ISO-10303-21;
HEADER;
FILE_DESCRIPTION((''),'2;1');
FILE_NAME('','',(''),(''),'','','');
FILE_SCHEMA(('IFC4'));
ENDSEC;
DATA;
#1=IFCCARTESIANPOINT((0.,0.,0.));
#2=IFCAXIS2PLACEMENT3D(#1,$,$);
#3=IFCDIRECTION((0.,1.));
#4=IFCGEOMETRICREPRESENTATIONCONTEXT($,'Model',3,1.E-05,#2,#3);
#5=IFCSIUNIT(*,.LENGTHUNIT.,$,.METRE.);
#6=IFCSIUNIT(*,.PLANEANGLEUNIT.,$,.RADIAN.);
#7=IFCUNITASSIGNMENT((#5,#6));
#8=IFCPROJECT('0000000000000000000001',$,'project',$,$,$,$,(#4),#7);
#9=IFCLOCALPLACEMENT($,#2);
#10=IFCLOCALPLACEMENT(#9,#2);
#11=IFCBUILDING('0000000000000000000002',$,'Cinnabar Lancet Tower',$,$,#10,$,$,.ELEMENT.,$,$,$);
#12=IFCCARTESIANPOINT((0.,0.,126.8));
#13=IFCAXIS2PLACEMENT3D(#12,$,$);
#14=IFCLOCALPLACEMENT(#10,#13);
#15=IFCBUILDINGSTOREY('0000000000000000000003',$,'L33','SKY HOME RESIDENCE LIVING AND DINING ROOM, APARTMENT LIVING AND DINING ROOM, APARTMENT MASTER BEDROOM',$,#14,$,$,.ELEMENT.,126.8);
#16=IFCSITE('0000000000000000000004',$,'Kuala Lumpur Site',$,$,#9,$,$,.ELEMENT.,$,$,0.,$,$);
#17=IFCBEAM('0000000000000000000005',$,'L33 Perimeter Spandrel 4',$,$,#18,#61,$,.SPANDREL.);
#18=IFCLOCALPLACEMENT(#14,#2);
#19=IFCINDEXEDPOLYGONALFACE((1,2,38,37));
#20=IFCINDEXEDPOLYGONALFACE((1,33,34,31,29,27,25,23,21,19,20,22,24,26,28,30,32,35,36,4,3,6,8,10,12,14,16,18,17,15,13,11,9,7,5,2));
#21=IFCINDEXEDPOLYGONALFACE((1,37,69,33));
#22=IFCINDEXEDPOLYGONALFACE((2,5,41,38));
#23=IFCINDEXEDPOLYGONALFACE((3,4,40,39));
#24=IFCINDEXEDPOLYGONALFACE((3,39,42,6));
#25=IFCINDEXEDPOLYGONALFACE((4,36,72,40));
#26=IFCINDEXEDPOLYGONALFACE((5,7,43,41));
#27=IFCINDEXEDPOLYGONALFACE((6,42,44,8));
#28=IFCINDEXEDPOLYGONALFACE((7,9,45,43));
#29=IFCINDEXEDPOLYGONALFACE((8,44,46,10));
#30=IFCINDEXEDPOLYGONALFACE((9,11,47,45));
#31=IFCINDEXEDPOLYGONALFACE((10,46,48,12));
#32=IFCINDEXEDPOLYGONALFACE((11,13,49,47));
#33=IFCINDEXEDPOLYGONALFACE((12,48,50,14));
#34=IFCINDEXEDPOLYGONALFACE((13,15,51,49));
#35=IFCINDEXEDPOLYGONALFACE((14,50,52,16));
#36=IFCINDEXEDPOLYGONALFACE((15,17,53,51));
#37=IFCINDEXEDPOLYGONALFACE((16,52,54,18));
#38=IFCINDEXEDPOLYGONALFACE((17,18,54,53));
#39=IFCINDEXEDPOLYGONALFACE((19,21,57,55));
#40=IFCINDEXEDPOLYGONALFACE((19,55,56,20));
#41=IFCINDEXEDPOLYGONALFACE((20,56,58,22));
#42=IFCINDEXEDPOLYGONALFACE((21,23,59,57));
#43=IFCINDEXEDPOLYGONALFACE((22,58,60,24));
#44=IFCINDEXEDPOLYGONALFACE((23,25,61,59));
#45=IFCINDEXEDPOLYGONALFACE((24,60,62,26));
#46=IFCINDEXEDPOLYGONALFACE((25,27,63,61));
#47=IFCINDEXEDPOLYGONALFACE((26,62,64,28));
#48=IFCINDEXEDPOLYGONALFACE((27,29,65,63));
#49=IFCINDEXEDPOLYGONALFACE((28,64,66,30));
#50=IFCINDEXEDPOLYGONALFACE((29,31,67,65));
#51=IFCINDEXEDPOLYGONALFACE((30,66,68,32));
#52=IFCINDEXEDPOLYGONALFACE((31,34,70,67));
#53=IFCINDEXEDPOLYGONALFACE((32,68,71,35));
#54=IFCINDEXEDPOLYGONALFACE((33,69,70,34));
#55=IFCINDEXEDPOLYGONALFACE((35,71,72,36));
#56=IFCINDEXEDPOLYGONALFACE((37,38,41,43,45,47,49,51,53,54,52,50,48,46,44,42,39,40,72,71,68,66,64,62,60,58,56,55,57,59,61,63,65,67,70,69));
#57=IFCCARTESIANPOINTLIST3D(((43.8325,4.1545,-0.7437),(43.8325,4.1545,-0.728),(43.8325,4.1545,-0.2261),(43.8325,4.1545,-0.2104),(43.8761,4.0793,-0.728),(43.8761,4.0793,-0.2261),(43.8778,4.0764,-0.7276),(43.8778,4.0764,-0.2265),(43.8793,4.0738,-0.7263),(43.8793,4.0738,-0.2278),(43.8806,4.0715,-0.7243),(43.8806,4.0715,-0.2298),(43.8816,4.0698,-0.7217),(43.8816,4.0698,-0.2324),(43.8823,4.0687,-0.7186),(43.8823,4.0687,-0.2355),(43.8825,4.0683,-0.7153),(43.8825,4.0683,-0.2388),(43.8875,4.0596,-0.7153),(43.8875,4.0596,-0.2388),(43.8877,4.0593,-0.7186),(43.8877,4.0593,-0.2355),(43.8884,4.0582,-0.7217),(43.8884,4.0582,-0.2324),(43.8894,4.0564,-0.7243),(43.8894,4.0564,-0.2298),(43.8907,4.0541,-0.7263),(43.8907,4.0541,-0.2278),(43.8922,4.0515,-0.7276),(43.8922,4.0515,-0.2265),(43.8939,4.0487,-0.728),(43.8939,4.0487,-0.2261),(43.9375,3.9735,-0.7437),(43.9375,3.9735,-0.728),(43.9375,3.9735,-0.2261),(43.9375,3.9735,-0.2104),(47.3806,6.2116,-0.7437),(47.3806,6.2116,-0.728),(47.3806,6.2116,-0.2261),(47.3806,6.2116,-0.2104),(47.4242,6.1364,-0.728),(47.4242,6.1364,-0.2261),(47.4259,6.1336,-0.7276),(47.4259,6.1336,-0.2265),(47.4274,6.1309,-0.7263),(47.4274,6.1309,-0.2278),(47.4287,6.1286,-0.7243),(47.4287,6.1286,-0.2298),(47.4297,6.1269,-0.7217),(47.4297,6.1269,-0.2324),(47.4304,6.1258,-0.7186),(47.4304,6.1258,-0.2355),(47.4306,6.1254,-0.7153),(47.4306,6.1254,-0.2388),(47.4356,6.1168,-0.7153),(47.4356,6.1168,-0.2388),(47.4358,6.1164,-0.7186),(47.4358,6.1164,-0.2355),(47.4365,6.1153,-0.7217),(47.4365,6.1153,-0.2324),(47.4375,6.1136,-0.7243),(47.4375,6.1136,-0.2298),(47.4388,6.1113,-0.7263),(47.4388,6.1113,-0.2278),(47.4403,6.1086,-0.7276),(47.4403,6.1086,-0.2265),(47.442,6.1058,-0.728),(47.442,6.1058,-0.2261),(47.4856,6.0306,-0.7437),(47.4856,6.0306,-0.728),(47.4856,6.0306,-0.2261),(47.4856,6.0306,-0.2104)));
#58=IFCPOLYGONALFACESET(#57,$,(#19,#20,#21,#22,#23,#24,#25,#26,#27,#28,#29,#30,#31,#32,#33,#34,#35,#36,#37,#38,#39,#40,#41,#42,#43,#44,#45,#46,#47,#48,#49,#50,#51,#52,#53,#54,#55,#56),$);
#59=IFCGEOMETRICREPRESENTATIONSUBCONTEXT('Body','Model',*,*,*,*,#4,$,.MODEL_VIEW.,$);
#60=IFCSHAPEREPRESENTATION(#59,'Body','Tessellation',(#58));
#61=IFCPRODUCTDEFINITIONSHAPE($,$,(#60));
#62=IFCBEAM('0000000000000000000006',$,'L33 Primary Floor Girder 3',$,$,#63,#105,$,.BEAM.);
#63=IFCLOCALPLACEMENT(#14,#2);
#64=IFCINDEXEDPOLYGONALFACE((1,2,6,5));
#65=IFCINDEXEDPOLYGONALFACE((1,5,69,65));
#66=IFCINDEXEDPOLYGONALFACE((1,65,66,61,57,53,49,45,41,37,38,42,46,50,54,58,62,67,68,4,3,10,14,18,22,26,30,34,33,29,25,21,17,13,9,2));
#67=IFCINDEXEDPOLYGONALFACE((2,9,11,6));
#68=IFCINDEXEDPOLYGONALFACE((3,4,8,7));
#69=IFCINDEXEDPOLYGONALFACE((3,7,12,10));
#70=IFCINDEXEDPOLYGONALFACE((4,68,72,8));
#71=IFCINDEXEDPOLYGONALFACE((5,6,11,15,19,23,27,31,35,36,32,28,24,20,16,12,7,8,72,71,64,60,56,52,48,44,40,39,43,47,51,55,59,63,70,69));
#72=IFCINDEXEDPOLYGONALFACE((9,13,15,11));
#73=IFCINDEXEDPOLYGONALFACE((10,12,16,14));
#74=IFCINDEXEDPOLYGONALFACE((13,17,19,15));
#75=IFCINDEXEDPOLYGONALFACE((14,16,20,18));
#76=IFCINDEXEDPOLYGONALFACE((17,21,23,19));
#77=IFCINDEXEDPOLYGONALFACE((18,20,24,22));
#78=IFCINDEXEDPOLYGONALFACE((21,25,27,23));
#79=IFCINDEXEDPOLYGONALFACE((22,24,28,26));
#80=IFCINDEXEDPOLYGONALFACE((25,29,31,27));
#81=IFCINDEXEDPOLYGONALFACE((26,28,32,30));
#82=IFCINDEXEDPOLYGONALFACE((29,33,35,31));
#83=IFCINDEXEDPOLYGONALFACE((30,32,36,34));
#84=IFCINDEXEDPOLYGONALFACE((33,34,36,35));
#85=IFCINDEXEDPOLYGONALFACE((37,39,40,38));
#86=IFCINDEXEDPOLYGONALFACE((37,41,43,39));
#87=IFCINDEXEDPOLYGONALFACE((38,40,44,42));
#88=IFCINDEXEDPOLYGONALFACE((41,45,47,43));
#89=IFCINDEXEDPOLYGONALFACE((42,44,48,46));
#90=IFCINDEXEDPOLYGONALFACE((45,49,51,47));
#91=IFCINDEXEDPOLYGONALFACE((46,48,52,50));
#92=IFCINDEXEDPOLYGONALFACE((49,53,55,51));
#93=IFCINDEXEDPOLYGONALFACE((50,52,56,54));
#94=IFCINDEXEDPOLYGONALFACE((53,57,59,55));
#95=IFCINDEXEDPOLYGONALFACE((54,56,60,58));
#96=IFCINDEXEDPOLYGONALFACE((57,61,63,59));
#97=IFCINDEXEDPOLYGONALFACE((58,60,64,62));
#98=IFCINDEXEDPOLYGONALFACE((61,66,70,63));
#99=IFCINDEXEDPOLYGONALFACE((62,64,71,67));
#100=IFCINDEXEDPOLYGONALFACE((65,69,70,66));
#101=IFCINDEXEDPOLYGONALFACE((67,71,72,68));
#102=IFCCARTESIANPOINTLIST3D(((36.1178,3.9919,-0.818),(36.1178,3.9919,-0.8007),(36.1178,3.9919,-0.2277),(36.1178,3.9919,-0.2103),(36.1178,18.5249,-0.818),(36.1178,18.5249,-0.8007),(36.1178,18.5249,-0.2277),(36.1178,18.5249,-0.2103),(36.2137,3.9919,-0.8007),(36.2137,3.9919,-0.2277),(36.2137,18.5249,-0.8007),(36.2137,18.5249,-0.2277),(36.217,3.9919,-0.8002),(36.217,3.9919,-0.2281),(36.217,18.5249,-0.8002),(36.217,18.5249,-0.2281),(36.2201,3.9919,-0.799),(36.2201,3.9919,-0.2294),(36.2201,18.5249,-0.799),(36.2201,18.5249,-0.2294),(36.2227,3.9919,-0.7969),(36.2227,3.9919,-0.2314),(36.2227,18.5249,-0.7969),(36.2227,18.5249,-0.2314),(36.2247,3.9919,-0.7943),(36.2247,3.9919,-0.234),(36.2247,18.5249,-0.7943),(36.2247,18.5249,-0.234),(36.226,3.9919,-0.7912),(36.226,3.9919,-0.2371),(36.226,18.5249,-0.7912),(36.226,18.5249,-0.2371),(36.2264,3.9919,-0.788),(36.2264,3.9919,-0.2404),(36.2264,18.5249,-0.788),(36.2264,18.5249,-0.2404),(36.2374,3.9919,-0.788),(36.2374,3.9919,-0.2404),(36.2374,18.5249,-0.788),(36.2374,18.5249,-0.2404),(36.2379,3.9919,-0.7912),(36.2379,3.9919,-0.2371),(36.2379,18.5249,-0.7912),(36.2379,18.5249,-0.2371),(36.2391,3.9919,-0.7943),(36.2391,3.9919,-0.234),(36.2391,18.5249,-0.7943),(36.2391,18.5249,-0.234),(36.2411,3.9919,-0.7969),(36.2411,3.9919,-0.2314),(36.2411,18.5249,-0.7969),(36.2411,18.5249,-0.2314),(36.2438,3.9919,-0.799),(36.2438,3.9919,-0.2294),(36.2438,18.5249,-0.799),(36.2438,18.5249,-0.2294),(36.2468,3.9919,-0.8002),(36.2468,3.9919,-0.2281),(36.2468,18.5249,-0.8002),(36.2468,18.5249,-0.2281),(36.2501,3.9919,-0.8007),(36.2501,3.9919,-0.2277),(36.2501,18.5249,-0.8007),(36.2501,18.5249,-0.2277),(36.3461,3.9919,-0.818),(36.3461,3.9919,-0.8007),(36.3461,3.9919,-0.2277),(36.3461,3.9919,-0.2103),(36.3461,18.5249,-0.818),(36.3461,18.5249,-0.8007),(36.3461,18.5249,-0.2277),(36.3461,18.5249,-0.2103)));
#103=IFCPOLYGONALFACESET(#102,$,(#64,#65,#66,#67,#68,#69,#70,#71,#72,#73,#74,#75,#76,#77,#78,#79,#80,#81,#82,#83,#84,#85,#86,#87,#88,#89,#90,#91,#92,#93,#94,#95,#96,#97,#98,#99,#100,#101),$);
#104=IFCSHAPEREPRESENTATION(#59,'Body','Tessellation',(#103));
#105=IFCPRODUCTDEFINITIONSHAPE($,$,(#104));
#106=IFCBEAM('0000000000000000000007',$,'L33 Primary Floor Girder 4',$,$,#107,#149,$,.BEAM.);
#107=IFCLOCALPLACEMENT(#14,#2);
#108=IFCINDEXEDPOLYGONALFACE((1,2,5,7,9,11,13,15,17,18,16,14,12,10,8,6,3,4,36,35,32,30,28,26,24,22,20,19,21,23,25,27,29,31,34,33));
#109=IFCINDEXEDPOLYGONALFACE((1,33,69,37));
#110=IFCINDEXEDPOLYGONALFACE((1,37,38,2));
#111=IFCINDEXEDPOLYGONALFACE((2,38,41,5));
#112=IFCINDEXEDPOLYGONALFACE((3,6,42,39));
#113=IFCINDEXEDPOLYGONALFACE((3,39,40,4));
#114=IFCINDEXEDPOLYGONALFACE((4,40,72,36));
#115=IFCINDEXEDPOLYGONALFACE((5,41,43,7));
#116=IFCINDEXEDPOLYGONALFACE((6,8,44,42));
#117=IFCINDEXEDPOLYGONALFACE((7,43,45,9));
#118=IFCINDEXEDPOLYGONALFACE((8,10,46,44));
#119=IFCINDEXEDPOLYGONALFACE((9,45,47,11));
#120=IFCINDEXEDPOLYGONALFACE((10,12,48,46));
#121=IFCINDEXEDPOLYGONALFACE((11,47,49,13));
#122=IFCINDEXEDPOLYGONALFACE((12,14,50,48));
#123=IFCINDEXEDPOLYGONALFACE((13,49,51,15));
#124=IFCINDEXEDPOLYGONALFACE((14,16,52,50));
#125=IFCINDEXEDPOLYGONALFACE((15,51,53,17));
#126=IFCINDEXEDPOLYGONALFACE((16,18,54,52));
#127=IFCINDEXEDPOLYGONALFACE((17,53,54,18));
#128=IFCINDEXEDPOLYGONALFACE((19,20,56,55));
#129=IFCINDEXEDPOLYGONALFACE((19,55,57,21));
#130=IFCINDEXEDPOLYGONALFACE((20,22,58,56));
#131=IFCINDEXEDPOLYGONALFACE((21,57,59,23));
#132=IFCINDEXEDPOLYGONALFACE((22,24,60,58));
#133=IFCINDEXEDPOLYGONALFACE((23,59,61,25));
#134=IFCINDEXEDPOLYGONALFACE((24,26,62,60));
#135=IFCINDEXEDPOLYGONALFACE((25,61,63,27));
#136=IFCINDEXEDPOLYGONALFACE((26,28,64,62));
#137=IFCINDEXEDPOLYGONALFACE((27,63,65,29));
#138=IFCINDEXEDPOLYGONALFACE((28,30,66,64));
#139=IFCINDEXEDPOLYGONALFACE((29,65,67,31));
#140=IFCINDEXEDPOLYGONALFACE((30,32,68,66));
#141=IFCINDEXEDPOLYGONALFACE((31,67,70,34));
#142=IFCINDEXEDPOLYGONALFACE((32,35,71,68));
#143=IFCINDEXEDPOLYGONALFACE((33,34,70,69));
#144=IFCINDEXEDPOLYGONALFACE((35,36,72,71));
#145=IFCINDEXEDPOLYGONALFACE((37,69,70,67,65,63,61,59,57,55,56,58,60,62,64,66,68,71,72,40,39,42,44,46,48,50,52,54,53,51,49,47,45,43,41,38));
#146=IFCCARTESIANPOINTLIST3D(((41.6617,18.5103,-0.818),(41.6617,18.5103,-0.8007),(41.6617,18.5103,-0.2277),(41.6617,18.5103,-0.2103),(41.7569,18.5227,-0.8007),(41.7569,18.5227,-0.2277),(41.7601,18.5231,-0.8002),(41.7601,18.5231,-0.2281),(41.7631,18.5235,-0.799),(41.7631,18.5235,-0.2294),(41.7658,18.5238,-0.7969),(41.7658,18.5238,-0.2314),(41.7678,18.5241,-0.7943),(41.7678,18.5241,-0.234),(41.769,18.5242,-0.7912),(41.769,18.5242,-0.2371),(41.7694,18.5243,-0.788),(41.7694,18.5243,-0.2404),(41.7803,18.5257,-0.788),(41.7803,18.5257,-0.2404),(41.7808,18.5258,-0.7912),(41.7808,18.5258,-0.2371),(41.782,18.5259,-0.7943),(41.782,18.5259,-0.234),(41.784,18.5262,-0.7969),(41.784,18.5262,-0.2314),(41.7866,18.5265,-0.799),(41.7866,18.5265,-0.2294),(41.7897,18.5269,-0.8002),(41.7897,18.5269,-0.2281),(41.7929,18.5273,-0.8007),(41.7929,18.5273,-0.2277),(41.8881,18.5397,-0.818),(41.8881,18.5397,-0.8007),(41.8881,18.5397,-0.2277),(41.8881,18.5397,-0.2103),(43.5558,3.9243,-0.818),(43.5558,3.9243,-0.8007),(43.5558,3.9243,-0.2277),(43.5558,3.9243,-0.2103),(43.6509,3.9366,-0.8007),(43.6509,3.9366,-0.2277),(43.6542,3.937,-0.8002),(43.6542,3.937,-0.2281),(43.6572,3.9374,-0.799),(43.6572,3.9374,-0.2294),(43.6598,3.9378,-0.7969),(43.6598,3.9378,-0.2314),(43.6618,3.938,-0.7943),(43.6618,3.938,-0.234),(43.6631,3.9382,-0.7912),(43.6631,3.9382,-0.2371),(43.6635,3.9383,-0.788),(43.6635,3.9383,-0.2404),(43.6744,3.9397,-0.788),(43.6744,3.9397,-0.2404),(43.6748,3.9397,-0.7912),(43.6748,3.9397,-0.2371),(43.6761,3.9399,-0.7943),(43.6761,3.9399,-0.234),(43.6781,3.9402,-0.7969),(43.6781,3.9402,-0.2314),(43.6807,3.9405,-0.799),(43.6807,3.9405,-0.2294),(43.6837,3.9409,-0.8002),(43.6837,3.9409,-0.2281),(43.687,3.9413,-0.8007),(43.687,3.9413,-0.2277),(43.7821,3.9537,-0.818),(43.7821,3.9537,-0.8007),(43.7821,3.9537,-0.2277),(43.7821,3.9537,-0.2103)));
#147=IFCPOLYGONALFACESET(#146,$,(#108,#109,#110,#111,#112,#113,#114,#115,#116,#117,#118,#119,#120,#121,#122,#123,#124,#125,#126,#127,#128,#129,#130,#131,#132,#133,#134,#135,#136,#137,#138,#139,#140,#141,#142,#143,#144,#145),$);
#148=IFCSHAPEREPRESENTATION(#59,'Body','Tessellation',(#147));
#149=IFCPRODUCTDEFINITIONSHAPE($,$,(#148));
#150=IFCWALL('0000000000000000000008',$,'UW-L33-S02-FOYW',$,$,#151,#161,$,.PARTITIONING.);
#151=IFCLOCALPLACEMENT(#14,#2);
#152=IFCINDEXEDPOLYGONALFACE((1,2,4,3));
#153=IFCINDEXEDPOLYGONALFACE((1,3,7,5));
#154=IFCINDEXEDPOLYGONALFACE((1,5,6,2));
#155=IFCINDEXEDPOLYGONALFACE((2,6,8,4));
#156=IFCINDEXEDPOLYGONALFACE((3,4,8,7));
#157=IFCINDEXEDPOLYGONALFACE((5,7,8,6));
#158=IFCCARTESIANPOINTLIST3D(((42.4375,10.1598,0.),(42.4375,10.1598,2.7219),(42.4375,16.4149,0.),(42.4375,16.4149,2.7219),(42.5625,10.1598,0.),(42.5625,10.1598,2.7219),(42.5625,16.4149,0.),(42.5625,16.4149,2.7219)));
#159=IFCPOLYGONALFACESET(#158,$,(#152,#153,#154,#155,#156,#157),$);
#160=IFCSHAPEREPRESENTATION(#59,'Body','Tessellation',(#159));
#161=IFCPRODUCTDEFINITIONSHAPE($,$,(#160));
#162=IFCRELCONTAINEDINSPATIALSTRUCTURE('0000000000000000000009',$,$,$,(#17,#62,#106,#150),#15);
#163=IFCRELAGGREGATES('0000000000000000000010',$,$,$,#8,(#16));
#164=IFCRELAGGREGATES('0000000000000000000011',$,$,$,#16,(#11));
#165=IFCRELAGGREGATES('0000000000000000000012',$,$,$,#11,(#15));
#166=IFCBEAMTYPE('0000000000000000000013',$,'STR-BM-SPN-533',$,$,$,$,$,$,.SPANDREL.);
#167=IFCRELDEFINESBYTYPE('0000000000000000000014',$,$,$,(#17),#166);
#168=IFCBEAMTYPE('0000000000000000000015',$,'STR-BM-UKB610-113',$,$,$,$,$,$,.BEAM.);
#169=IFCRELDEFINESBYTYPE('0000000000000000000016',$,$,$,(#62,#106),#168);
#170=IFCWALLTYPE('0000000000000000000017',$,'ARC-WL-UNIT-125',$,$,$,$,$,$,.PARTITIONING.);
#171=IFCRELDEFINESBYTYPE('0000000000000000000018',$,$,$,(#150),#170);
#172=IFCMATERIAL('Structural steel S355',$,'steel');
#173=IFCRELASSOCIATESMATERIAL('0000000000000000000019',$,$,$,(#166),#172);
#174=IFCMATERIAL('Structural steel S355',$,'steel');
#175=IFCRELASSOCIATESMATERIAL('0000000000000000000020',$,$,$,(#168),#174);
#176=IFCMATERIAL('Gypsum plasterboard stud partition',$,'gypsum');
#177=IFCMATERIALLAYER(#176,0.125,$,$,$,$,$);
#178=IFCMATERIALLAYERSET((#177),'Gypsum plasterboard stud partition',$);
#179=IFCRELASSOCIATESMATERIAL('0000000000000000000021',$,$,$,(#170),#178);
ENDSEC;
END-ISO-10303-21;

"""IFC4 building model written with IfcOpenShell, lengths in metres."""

from ifc_helpers import new_model, si_unit, direction, frame, frame_2d, origin, origin_2d, place, context, subcontext, project, spatial, rectangle, i_section, extrude, material, layer, layer_set, material_profile, profile_set, type_object, element, save


model = new_model("IFC4")

# Units and contexts
model_context = context("Model", 3, precision=1e-05, world=origin(), true_north=direction((0.0, 1.0)))
body_context = subcontext(model_context, "Body", "Model", "MODEL_VIEW")
ifc_project = project(units=[si_unit("LENGTHUNIT", "METRE"), si_unit("PLANEANGLEUNIT", "RADIAN")], contexts=[model_context])

# Site, building, storey
site_placement = place(None, origin())
site = spatial("IfcSite", under=ifc_project, at=site_placement, Name="Kuala Lumpur Site", CompositionType="ELEMENT", RefElevation=0.0)
building_placement = place(site_placement, origin())
building = spatial("IfcBuilding", under=site, at=building_placement, Name="Cinnabar Lancet Tower", CompositionType="ELEMENT")
storey_placement = place(building_placement, frame((0.0, 0.0, 126.8)))
storey = spatial("IfcBuildingStorey", under=building, at=storey_placement, Name="L33", Description="SKY HOME RESIDENCE LIVING AND DINING ROOM, APARTMENT LIVING AND DINING ROOM, APARTMENT MASTER BEDROOM", CompositionType="ELEMENT", Elevation=126.8)

# Beams
ifc_material_1 = material(Name="Structural steel S355", Category="steel")
ifc_material_profile_1 = material_profile(ifc_material_1, i_section(OverallWidth=0.2092, OverallDepth=0.5332, WebThickness=0.01, FlangeThickness=0.0156, FilletRadius=0.0127, at=origin_2d()), Name="UKB 533x210x92")
ifc_profile_set_1 = profile_set([ifc_material_profile_1], Name="Structural steel S355")
beam_type_1 = type_object("IfcBeamType", Name="STR-BM-SPN-533", PredefinedType="SPANDREL", material=ifc_profile_set_1)
beam_1_placement = place(storey_placement, frame((43.885, 4.064, -0.4771), z_axis=(0.865112, 0.501578, 0.0), x_axis=(-0.501578, 0.865112, 0.0)))
element("IfcBeam", 1, at=beam_1_placement, inside=storey, type_object=beam_type_1, Name="L33 Perimeter Spandrel 4", PredefinedType="SPANDREL", context=body_context, shape_type="SweptSolid", body=[
    extrude(i_section(OverallWidth=0.2092, OverallDepth=0.5332, WebThickness=0.01, FlangeThickness=0.0156, FilletRadius=0.0127, at=origin_2d()), origin(), (0.0, 0.0, 1.0), 4.1013),
])
ifc_material_2 = material(Name="Structural steel S355", Category="steel")
ifc_material_profile_2 = material_profile(ifc_material_2, i_section(OverallWidth=0.2283, OverallDepth=0.6077, WebThickness=0.011, FlangeThickness=0.0173, FilletRadius=0.0127, at=origin_2d()), Name="UKB 610x229x113")
ifc_profile_set_2 = profile_set([ifc_material_profile_2], Name="Structural steel S355")
beam_type_2 = type_object("IfcBeamType", Name="STR-BM-UKB610-113", PredefinedType="BEAM", material=ifc_profile_set_2)
beam_2_placement = place(storey_placement, frame((36.2319, 3.9919, -0.5142), z_axis=(0.0, 1.0, 0.0), x_axis=(-1.0, 0.0, 0.0)))
element("IfcBeam", 2, at=beam_2_placement, inside=storey, type_object=beam_type_2, Name="L33 Primary Floor Girder 3", PredefinedType="BEAM", context=body_context, shape_type="SweptSolid", body=[
    extrude(i_section(OverallWidth=0.2283, OverallDepth=0.6077, WebThickness=0.011, FlangeThickness=0.0173, FilletRadius=0.0127, at=origin_2d()), origin(), (0.0, 0.0, 1.0), 14.533),
])
beam_3_placement = place(storey_placement, frame((43.6689, 3.939, -0.5142), z_axis=(-0.128773, 0.991674, 0.0), x_axis=(-0.991674, -0.128773, 0.0)))
element("IfcBeam", 3, at=beam_3_placement, inside=storey, type_object=beam_type_2, Name="L33 Primary Floor Girder 4", PredefinedType="BEAM", context=body_context, shape_type="SweptSolid", body=[
    extrude(i_section(OverallWidth=0.2283, OverallDepth=0.6077, WebThickness=0.011, FlangeThickness=0.0173, FilletRadius=0.0127, at=origin_2d()), origin(), (0.0, 0.0, 1.0), 14.7085),
])

# Wall
ifc_material_3 = material(Name="Gypsum plasterboard stud partition", Category="gypsum")
ifc_layer_1 = layer(ifc_material_3, 0.125)
ifc_layer_set_1 = layer_set([ifc_layer_1], Name="Gypsum plasterboard stud partition")
wall_type_1 = type_object("IfcWallType", Name="ARC-WL-UNIT-125", PredefinedType="PARTITIONING", material=ifc_layer_set_1)
wall_1_placement = place(storey_placement, frame((42.5, 10.1599, 0.0), z_axis=(0.0, 0.0, 1.0), x_axis=(0.0, 1.0, 0.0)))
element("IfcWall", 4, at=wall_1_placement, inside=storey, type_object=wall_type_1, Name="UW-L33-S02-FOYW", PredefinedType="PARTITIONING", context=body_context, shape_type="SweptSolid", body=[
    extrude(rectangle(XDim=6.2551, YDim=0.125, at=frame_2d((3.1274, 0.0))), origin(), (0.0, 0.0, 1.0), 2.7219),
])

save(model, "model.ifc")
